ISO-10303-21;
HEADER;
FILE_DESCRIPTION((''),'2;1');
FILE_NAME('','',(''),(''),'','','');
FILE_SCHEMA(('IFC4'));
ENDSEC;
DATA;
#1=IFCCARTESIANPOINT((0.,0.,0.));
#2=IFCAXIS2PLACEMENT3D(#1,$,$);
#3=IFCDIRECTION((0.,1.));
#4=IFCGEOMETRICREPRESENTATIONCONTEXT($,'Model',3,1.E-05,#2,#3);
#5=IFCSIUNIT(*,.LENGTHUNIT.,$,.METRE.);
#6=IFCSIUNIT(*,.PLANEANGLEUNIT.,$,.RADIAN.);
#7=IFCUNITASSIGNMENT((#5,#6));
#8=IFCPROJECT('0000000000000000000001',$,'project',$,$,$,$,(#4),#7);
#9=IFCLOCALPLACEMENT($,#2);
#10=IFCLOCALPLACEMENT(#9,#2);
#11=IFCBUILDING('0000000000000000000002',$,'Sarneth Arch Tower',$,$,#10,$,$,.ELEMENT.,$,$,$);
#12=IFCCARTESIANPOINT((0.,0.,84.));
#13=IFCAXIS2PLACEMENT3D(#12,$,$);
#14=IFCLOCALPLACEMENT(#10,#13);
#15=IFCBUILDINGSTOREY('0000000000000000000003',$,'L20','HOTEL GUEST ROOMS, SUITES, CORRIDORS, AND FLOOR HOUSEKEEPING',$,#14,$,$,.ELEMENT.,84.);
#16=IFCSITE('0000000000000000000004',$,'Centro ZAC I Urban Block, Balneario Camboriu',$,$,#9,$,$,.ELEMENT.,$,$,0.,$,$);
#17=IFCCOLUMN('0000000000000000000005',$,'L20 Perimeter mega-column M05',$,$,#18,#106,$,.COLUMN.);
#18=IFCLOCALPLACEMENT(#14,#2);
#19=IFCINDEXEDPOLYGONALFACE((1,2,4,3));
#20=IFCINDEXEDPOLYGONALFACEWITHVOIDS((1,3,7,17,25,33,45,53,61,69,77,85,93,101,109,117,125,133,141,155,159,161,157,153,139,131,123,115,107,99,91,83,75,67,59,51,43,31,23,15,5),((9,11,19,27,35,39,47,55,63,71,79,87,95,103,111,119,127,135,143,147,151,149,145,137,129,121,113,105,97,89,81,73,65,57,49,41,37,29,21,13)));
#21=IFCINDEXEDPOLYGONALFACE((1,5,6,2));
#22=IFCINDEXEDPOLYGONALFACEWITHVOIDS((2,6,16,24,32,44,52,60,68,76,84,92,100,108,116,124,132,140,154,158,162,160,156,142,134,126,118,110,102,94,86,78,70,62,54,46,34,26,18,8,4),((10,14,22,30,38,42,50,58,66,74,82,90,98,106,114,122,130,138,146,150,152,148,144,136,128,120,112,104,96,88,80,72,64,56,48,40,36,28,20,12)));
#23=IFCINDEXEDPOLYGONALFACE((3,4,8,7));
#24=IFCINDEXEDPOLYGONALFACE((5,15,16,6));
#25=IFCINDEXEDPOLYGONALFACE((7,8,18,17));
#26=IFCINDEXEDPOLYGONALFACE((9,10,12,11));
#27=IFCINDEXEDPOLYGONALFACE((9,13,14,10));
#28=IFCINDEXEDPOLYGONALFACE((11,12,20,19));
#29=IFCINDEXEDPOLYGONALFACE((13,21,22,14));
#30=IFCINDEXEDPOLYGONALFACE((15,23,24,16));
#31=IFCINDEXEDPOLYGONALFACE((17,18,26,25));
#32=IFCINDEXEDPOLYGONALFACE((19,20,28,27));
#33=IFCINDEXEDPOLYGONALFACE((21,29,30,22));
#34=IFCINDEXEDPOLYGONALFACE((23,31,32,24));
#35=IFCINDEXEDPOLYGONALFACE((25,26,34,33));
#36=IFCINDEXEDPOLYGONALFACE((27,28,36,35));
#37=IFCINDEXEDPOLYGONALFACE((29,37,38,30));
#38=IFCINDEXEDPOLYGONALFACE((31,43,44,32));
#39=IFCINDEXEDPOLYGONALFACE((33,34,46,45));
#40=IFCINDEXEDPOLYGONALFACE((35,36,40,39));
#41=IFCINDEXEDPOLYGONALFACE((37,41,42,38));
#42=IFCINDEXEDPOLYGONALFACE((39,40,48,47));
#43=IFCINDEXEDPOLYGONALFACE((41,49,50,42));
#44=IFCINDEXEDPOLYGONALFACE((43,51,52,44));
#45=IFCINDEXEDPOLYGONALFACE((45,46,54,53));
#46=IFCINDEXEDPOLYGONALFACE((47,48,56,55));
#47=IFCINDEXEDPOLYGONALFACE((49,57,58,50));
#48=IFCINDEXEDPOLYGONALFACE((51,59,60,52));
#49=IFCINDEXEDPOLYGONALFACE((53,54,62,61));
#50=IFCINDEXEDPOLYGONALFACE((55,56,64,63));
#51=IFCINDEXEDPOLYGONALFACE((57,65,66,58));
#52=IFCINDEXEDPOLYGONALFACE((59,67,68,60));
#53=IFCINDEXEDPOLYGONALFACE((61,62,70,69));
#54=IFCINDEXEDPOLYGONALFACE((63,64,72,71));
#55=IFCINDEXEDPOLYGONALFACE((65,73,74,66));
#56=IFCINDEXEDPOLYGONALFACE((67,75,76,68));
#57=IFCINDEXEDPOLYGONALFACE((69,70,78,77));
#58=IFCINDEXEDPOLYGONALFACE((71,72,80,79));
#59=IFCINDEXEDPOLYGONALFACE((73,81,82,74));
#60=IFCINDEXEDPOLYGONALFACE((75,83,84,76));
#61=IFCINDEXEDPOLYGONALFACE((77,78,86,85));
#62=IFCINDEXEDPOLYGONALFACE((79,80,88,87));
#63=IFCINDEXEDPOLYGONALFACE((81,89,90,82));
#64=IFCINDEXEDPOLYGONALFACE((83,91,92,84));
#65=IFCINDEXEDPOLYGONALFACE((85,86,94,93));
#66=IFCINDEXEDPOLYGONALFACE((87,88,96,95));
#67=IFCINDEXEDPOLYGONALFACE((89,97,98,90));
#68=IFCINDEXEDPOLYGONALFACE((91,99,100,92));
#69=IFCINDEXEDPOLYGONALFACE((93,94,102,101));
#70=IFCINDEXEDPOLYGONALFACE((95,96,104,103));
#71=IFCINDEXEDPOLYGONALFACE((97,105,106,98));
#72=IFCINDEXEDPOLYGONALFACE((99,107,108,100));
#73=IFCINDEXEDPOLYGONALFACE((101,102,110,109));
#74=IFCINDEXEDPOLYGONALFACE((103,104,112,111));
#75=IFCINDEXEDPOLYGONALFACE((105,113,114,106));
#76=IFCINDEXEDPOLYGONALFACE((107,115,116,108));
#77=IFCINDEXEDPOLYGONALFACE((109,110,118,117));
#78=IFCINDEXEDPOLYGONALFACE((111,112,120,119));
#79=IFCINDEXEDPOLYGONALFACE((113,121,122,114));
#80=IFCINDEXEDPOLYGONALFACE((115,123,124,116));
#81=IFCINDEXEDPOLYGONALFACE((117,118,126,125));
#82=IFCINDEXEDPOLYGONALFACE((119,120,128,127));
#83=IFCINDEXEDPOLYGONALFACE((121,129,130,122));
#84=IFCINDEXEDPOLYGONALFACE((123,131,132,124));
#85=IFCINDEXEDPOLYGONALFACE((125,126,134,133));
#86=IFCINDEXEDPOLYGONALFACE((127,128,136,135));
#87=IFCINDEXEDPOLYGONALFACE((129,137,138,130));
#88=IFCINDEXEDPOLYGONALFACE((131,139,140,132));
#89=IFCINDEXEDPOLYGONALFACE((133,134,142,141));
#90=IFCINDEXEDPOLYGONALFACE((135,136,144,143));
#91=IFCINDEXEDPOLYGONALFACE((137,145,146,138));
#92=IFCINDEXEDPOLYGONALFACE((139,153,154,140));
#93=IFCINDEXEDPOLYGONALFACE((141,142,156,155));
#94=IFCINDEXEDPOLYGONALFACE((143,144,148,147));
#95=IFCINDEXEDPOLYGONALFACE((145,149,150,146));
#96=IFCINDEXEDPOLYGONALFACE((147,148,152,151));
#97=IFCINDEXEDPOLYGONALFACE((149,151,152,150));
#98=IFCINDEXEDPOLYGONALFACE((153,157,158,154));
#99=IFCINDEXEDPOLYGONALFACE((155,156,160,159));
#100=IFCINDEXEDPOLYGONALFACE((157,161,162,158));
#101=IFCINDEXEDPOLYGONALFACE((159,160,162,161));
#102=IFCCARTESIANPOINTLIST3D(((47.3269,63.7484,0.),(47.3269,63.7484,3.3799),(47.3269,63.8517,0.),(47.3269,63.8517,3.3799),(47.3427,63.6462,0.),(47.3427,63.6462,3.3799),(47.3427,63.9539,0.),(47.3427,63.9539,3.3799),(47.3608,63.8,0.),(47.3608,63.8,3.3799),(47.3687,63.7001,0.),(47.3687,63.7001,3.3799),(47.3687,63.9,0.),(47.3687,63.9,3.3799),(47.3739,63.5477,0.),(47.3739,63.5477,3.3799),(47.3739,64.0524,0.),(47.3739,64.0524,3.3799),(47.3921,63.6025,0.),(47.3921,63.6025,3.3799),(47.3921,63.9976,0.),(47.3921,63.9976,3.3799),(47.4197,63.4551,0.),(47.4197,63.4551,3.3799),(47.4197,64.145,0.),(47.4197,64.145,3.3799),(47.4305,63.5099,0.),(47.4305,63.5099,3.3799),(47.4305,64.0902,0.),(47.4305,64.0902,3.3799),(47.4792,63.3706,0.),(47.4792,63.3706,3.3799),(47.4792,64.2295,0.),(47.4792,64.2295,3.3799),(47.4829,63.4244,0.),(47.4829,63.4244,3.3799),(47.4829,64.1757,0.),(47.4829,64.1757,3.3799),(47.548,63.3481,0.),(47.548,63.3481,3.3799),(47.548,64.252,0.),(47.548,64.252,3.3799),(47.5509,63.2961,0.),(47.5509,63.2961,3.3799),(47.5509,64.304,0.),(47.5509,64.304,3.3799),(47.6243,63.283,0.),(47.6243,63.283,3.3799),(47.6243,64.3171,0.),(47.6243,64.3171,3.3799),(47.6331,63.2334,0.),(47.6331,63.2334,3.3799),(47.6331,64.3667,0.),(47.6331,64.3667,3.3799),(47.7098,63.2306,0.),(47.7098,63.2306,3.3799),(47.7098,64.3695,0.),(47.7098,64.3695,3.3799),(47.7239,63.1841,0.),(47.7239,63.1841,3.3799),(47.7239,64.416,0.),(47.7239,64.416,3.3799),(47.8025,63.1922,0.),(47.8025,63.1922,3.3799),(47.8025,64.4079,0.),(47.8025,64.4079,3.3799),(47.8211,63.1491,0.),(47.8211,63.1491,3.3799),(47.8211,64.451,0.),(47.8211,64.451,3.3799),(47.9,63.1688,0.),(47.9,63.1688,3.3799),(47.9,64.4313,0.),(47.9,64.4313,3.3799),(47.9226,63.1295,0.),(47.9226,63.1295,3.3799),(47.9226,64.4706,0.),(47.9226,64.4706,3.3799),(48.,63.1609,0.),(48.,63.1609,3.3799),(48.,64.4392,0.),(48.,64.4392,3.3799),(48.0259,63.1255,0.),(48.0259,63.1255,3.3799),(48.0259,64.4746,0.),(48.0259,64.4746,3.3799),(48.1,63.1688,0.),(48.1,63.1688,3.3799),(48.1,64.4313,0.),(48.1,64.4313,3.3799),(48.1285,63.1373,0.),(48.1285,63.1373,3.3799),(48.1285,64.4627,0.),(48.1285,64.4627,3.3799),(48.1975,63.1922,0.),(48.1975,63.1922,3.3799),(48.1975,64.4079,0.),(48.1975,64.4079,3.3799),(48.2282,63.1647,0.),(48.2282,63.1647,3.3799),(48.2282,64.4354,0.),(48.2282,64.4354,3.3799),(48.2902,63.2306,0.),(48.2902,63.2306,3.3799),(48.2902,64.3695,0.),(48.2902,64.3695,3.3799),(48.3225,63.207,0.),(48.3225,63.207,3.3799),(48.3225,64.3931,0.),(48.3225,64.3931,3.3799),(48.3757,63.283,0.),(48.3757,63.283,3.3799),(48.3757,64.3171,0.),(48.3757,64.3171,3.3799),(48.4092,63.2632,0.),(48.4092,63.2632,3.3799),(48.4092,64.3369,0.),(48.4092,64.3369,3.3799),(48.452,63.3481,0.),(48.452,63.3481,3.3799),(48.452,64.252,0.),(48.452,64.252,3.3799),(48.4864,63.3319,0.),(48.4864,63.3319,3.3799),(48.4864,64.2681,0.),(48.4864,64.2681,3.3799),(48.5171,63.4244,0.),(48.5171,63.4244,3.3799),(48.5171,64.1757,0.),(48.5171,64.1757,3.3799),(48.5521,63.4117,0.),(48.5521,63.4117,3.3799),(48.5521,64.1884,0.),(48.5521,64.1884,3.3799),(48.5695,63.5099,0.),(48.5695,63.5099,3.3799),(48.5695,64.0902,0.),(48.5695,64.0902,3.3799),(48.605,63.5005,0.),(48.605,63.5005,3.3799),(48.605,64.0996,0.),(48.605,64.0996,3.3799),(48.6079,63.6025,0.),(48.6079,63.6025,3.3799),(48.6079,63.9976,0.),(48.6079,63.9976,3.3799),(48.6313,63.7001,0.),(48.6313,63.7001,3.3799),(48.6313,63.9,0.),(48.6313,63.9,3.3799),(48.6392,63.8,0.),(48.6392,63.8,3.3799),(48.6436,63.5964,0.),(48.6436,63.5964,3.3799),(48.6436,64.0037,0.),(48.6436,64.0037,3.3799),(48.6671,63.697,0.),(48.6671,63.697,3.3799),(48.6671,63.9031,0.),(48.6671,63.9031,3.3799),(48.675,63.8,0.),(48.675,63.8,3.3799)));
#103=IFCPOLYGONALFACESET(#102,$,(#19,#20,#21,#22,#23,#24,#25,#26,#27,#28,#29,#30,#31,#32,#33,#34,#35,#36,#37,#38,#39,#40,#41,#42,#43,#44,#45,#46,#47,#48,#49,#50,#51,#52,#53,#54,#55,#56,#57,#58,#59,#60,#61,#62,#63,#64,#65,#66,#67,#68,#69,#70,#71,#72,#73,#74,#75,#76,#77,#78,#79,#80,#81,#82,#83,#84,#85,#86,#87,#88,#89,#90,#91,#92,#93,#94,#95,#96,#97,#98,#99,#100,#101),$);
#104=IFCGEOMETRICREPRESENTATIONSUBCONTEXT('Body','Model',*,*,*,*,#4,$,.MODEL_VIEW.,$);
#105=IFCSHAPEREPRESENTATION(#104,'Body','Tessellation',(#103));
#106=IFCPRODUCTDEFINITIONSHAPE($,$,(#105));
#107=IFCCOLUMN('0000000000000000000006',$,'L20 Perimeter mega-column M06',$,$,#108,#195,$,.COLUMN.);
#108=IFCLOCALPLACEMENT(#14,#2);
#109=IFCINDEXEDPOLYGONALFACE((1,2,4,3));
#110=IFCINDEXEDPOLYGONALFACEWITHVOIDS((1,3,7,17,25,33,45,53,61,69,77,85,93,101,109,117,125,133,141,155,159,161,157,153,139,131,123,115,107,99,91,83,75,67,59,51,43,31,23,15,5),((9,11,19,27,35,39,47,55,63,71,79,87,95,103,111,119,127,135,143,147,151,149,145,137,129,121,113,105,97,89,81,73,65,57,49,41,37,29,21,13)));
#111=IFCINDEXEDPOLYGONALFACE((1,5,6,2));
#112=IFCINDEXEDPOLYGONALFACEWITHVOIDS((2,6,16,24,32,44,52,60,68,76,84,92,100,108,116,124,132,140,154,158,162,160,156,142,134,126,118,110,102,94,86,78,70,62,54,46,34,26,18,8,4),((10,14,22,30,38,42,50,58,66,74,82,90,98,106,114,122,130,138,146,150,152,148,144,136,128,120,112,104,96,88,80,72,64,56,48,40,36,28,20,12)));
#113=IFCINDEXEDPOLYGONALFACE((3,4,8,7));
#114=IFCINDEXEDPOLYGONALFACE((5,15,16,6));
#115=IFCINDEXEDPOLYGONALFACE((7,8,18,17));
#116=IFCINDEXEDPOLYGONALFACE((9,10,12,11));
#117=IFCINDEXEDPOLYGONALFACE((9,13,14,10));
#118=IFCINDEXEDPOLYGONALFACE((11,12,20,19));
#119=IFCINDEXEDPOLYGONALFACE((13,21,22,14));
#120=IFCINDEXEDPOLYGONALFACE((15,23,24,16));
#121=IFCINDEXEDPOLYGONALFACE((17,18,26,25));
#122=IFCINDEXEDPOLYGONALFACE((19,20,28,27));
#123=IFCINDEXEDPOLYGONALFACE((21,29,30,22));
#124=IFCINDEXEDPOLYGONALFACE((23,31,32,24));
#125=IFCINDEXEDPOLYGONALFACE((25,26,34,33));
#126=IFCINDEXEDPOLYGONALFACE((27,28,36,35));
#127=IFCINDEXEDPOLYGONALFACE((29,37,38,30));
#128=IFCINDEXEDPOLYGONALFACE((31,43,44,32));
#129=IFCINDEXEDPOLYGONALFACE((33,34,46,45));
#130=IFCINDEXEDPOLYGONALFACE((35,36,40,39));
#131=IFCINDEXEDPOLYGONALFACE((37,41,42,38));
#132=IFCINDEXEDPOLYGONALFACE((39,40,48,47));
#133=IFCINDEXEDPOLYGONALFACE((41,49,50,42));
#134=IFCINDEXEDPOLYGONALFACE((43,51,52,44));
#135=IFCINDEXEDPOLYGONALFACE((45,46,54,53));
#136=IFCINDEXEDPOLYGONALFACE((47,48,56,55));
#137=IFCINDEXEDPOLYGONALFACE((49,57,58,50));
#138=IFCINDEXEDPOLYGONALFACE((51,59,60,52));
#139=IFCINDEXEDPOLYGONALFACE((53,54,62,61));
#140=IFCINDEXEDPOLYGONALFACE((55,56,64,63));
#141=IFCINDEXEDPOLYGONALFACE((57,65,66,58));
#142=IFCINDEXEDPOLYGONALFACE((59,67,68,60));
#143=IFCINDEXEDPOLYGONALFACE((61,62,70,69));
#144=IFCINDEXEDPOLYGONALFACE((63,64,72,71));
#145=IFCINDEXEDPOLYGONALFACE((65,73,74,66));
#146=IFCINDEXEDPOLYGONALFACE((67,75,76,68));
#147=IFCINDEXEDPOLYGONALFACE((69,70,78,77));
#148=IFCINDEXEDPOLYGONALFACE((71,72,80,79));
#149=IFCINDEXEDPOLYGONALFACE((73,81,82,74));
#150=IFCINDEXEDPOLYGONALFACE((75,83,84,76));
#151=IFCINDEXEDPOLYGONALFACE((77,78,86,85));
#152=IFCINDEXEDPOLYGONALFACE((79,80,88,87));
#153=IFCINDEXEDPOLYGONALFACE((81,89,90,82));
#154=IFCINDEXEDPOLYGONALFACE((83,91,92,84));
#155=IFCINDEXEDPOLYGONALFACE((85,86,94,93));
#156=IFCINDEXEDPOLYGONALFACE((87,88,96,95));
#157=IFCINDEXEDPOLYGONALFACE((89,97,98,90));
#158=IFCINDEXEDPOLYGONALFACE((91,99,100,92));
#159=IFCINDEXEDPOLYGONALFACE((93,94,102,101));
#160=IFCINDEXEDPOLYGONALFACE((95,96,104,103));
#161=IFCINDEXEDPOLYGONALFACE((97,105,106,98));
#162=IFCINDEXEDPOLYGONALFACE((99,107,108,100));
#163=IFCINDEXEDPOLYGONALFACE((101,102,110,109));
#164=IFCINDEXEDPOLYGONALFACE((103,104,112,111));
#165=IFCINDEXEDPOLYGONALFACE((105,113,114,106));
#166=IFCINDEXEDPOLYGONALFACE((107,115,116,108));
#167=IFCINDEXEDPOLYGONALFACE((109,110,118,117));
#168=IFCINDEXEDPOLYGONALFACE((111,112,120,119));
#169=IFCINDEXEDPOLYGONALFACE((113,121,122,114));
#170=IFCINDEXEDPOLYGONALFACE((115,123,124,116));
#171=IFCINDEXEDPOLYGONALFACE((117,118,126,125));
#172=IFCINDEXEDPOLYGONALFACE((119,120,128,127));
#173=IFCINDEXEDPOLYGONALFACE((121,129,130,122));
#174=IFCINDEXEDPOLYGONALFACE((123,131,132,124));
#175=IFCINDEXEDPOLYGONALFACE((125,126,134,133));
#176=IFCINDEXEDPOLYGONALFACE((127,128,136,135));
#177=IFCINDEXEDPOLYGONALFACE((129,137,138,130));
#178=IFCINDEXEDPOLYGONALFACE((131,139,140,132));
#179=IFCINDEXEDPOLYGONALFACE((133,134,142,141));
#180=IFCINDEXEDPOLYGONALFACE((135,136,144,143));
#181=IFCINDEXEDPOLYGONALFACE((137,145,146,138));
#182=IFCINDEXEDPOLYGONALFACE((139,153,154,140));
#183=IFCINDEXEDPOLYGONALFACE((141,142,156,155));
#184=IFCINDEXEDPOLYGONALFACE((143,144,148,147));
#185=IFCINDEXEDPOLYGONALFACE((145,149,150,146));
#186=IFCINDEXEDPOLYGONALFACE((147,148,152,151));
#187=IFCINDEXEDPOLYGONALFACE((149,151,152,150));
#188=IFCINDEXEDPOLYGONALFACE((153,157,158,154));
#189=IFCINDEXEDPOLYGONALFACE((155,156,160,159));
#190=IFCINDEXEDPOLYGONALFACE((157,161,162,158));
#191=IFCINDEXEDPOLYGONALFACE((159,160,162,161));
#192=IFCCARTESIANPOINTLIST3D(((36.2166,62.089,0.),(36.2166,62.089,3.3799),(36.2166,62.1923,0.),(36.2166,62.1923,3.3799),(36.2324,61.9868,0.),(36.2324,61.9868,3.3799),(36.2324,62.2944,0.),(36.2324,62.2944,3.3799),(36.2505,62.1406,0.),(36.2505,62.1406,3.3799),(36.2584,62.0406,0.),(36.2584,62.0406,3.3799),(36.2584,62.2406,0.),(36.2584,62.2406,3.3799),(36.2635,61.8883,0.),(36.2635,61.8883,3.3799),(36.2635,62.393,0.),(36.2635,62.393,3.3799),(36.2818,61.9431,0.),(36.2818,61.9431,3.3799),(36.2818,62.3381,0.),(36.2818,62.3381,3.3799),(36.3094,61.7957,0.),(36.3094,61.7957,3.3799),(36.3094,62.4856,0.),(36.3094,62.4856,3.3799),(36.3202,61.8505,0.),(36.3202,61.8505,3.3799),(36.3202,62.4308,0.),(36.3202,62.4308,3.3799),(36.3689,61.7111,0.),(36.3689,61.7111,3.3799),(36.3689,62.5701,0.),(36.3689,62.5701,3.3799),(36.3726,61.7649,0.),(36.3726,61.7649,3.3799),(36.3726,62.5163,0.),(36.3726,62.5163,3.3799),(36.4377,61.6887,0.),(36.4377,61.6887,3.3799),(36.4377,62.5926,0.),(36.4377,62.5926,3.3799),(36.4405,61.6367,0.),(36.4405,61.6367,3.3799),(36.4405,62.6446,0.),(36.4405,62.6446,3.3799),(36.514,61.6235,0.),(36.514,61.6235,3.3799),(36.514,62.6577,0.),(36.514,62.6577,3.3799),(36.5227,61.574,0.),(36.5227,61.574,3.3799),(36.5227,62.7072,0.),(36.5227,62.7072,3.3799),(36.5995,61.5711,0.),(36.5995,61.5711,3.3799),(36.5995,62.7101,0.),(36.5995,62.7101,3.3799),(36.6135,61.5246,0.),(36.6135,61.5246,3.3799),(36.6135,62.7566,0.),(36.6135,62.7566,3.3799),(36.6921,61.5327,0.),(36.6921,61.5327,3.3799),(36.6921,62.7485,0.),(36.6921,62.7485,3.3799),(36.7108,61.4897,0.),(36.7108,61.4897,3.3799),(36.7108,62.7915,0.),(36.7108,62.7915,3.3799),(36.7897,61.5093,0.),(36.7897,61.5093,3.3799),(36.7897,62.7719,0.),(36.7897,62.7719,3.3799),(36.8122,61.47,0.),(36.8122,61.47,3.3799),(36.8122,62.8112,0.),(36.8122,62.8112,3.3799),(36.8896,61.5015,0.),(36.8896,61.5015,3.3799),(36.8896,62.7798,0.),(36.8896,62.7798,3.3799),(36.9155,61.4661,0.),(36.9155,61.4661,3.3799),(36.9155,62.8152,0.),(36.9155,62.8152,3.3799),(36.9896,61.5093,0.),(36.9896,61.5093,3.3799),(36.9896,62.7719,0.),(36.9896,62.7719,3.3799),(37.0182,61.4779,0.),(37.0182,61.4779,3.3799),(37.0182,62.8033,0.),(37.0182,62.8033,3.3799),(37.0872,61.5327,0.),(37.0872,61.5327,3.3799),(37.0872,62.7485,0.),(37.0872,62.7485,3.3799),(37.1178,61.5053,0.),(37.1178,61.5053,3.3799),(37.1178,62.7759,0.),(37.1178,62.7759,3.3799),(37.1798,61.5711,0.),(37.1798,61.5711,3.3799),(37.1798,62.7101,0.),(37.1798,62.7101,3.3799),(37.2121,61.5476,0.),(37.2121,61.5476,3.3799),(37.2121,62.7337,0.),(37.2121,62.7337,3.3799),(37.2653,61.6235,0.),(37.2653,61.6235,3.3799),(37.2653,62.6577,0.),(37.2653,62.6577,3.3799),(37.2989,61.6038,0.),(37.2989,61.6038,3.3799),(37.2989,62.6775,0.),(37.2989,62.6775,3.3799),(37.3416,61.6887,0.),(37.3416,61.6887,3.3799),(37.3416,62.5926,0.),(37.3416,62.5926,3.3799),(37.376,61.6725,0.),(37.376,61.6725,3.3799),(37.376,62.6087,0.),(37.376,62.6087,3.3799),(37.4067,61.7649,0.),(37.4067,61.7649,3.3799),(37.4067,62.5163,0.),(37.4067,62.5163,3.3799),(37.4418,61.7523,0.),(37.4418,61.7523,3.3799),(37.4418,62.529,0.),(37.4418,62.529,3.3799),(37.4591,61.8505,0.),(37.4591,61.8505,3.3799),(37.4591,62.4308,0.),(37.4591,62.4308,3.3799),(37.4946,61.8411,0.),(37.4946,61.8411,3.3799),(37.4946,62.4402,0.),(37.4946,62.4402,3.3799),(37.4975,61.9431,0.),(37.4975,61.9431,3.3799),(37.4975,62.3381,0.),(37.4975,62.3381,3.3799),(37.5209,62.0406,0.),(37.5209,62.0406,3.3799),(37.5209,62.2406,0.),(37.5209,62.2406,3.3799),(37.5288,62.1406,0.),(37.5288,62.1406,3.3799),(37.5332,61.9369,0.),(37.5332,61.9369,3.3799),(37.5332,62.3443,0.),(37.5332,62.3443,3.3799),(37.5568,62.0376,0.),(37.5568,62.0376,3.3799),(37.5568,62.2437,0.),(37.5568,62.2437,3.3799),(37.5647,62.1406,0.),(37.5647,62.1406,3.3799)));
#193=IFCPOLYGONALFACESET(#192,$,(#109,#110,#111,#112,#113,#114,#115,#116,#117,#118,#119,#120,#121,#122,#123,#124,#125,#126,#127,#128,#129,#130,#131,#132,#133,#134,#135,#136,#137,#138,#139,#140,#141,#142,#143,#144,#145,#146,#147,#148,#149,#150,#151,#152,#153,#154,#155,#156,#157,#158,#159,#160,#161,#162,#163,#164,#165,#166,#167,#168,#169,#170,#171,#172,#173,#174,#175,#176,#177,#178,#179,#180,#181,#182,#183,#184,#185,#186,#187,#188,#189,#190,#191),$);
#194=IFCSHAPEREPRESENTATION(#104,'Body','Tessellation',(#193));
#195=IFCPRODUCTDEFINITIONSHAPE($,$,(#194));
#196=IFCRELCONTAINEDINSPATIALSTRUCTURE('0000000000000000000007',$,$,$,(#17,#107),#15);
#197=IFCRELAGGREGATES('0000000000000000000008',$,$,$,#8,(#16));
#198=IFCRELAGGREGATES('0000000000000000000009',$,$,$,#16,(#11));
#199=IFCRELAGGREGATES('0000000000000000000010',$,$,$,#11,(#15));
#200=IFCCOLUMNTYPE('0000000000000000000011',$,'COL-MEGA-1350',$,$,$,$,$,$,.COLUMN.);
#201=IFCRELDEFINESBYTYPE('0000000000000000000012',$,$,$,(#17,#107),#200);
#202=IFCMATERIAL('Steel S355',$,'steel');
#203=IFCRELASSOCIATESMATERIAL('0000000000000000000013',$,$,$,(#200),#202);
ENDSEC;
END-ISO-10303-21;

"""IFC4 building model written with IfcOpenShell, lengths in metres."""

from ifc_helpers import new_model, si_unit, direction, frame, origin, origin_2d, place, context, subcontext, project, spatial, hollow_circle, extrude, material, material_profile, profile_set, type_object, element, save


model = new_model("IFC4")

# Units and contexts
model_context = context("Model", 3, precision=1e-05, world=origin(), true_north=direction((0.0, 1.0)))
body_context = subcontext(model_context, "Body", "Model", "MODEL_VIEW")
ifc_project = project(units=[si_unit("LENGTHUNIT", "METRE"), si_unit("PLANEANGLEUNIT", "RADIAN")], contexts=[model_context])

# Site, building, storey
site_placement = place(None, origin())
site = spatial("IfcSite", under=ifc_project, at=site_placement, Name="Centro ZAC I Urban Block, Balneario Camboriu", CompositionType="ELEMENT", RefElevation=0.0)
building_placement = place(site_placement, origin())
building = spatial("IfcBuilding", under=site, at=building_placement, Name="Sarneth Arch Tower", CompositionType="ELEMENT")
storey_placement = place(building_placement, frame((0.0, 0.0, 84.0)))
storey = spatial("IfcBuildingStorey", under=building, at=storey_placement, Name="L20", Description="HOTEL GUEST ROOMS, SUITES, CORRIDORS, AND FLOOR HOUSEKEEPING", CompositionType="ELEMENT", Elevation=84.0)

# Columns
ifc_material_1 = material(Name="Steel S355", Category="steel")
ifc_material_profile_1 = material_profile(ifc_material_1, hollow_circle(Radius=0.675, WallThickness=0.0359, at=origin_2d()), Name="CHS1350x36")
ifc_profile_set_1 = profile_set([ifc_material_profile_1], Name="Steel S355")
column_type = type_object("IfcColumnType", Name="COL-MEGA-1350", PredefinedType="COLUMN", material=ifc_profile_set_1)
for number, where, z_axis, x_axis, name in (
    (1, (48.0, 63.8, 0.0), (0.0, 0.0, 1.0), (1.0, 0.0, 0.0), "L20 Perimeter mega-column M05"),
    (2, (36.8896, 62.1406, 0.0), (0.0, 0.0, 1.0), (1.0, 0.0, 0.0), "L20 Perimeter mega-column M06"),
):
    element("IfcColumn", number, at=place(storey_placement, frame(where, z_axis=z_axis, x_axis=x_axis)), inside=storey, type_object=column_type, Name=name, PredefinedType="COLUMN", context=body_context, shape_type="SweptSolid", body=[
        extrude(hollow_circle(Radius=0.675, WallThickness=0.0359, at=origin_2d()), origin(), (0.0, 0.0, 1.0), 3.3799),
    ])

save(model, "model.ifc")
